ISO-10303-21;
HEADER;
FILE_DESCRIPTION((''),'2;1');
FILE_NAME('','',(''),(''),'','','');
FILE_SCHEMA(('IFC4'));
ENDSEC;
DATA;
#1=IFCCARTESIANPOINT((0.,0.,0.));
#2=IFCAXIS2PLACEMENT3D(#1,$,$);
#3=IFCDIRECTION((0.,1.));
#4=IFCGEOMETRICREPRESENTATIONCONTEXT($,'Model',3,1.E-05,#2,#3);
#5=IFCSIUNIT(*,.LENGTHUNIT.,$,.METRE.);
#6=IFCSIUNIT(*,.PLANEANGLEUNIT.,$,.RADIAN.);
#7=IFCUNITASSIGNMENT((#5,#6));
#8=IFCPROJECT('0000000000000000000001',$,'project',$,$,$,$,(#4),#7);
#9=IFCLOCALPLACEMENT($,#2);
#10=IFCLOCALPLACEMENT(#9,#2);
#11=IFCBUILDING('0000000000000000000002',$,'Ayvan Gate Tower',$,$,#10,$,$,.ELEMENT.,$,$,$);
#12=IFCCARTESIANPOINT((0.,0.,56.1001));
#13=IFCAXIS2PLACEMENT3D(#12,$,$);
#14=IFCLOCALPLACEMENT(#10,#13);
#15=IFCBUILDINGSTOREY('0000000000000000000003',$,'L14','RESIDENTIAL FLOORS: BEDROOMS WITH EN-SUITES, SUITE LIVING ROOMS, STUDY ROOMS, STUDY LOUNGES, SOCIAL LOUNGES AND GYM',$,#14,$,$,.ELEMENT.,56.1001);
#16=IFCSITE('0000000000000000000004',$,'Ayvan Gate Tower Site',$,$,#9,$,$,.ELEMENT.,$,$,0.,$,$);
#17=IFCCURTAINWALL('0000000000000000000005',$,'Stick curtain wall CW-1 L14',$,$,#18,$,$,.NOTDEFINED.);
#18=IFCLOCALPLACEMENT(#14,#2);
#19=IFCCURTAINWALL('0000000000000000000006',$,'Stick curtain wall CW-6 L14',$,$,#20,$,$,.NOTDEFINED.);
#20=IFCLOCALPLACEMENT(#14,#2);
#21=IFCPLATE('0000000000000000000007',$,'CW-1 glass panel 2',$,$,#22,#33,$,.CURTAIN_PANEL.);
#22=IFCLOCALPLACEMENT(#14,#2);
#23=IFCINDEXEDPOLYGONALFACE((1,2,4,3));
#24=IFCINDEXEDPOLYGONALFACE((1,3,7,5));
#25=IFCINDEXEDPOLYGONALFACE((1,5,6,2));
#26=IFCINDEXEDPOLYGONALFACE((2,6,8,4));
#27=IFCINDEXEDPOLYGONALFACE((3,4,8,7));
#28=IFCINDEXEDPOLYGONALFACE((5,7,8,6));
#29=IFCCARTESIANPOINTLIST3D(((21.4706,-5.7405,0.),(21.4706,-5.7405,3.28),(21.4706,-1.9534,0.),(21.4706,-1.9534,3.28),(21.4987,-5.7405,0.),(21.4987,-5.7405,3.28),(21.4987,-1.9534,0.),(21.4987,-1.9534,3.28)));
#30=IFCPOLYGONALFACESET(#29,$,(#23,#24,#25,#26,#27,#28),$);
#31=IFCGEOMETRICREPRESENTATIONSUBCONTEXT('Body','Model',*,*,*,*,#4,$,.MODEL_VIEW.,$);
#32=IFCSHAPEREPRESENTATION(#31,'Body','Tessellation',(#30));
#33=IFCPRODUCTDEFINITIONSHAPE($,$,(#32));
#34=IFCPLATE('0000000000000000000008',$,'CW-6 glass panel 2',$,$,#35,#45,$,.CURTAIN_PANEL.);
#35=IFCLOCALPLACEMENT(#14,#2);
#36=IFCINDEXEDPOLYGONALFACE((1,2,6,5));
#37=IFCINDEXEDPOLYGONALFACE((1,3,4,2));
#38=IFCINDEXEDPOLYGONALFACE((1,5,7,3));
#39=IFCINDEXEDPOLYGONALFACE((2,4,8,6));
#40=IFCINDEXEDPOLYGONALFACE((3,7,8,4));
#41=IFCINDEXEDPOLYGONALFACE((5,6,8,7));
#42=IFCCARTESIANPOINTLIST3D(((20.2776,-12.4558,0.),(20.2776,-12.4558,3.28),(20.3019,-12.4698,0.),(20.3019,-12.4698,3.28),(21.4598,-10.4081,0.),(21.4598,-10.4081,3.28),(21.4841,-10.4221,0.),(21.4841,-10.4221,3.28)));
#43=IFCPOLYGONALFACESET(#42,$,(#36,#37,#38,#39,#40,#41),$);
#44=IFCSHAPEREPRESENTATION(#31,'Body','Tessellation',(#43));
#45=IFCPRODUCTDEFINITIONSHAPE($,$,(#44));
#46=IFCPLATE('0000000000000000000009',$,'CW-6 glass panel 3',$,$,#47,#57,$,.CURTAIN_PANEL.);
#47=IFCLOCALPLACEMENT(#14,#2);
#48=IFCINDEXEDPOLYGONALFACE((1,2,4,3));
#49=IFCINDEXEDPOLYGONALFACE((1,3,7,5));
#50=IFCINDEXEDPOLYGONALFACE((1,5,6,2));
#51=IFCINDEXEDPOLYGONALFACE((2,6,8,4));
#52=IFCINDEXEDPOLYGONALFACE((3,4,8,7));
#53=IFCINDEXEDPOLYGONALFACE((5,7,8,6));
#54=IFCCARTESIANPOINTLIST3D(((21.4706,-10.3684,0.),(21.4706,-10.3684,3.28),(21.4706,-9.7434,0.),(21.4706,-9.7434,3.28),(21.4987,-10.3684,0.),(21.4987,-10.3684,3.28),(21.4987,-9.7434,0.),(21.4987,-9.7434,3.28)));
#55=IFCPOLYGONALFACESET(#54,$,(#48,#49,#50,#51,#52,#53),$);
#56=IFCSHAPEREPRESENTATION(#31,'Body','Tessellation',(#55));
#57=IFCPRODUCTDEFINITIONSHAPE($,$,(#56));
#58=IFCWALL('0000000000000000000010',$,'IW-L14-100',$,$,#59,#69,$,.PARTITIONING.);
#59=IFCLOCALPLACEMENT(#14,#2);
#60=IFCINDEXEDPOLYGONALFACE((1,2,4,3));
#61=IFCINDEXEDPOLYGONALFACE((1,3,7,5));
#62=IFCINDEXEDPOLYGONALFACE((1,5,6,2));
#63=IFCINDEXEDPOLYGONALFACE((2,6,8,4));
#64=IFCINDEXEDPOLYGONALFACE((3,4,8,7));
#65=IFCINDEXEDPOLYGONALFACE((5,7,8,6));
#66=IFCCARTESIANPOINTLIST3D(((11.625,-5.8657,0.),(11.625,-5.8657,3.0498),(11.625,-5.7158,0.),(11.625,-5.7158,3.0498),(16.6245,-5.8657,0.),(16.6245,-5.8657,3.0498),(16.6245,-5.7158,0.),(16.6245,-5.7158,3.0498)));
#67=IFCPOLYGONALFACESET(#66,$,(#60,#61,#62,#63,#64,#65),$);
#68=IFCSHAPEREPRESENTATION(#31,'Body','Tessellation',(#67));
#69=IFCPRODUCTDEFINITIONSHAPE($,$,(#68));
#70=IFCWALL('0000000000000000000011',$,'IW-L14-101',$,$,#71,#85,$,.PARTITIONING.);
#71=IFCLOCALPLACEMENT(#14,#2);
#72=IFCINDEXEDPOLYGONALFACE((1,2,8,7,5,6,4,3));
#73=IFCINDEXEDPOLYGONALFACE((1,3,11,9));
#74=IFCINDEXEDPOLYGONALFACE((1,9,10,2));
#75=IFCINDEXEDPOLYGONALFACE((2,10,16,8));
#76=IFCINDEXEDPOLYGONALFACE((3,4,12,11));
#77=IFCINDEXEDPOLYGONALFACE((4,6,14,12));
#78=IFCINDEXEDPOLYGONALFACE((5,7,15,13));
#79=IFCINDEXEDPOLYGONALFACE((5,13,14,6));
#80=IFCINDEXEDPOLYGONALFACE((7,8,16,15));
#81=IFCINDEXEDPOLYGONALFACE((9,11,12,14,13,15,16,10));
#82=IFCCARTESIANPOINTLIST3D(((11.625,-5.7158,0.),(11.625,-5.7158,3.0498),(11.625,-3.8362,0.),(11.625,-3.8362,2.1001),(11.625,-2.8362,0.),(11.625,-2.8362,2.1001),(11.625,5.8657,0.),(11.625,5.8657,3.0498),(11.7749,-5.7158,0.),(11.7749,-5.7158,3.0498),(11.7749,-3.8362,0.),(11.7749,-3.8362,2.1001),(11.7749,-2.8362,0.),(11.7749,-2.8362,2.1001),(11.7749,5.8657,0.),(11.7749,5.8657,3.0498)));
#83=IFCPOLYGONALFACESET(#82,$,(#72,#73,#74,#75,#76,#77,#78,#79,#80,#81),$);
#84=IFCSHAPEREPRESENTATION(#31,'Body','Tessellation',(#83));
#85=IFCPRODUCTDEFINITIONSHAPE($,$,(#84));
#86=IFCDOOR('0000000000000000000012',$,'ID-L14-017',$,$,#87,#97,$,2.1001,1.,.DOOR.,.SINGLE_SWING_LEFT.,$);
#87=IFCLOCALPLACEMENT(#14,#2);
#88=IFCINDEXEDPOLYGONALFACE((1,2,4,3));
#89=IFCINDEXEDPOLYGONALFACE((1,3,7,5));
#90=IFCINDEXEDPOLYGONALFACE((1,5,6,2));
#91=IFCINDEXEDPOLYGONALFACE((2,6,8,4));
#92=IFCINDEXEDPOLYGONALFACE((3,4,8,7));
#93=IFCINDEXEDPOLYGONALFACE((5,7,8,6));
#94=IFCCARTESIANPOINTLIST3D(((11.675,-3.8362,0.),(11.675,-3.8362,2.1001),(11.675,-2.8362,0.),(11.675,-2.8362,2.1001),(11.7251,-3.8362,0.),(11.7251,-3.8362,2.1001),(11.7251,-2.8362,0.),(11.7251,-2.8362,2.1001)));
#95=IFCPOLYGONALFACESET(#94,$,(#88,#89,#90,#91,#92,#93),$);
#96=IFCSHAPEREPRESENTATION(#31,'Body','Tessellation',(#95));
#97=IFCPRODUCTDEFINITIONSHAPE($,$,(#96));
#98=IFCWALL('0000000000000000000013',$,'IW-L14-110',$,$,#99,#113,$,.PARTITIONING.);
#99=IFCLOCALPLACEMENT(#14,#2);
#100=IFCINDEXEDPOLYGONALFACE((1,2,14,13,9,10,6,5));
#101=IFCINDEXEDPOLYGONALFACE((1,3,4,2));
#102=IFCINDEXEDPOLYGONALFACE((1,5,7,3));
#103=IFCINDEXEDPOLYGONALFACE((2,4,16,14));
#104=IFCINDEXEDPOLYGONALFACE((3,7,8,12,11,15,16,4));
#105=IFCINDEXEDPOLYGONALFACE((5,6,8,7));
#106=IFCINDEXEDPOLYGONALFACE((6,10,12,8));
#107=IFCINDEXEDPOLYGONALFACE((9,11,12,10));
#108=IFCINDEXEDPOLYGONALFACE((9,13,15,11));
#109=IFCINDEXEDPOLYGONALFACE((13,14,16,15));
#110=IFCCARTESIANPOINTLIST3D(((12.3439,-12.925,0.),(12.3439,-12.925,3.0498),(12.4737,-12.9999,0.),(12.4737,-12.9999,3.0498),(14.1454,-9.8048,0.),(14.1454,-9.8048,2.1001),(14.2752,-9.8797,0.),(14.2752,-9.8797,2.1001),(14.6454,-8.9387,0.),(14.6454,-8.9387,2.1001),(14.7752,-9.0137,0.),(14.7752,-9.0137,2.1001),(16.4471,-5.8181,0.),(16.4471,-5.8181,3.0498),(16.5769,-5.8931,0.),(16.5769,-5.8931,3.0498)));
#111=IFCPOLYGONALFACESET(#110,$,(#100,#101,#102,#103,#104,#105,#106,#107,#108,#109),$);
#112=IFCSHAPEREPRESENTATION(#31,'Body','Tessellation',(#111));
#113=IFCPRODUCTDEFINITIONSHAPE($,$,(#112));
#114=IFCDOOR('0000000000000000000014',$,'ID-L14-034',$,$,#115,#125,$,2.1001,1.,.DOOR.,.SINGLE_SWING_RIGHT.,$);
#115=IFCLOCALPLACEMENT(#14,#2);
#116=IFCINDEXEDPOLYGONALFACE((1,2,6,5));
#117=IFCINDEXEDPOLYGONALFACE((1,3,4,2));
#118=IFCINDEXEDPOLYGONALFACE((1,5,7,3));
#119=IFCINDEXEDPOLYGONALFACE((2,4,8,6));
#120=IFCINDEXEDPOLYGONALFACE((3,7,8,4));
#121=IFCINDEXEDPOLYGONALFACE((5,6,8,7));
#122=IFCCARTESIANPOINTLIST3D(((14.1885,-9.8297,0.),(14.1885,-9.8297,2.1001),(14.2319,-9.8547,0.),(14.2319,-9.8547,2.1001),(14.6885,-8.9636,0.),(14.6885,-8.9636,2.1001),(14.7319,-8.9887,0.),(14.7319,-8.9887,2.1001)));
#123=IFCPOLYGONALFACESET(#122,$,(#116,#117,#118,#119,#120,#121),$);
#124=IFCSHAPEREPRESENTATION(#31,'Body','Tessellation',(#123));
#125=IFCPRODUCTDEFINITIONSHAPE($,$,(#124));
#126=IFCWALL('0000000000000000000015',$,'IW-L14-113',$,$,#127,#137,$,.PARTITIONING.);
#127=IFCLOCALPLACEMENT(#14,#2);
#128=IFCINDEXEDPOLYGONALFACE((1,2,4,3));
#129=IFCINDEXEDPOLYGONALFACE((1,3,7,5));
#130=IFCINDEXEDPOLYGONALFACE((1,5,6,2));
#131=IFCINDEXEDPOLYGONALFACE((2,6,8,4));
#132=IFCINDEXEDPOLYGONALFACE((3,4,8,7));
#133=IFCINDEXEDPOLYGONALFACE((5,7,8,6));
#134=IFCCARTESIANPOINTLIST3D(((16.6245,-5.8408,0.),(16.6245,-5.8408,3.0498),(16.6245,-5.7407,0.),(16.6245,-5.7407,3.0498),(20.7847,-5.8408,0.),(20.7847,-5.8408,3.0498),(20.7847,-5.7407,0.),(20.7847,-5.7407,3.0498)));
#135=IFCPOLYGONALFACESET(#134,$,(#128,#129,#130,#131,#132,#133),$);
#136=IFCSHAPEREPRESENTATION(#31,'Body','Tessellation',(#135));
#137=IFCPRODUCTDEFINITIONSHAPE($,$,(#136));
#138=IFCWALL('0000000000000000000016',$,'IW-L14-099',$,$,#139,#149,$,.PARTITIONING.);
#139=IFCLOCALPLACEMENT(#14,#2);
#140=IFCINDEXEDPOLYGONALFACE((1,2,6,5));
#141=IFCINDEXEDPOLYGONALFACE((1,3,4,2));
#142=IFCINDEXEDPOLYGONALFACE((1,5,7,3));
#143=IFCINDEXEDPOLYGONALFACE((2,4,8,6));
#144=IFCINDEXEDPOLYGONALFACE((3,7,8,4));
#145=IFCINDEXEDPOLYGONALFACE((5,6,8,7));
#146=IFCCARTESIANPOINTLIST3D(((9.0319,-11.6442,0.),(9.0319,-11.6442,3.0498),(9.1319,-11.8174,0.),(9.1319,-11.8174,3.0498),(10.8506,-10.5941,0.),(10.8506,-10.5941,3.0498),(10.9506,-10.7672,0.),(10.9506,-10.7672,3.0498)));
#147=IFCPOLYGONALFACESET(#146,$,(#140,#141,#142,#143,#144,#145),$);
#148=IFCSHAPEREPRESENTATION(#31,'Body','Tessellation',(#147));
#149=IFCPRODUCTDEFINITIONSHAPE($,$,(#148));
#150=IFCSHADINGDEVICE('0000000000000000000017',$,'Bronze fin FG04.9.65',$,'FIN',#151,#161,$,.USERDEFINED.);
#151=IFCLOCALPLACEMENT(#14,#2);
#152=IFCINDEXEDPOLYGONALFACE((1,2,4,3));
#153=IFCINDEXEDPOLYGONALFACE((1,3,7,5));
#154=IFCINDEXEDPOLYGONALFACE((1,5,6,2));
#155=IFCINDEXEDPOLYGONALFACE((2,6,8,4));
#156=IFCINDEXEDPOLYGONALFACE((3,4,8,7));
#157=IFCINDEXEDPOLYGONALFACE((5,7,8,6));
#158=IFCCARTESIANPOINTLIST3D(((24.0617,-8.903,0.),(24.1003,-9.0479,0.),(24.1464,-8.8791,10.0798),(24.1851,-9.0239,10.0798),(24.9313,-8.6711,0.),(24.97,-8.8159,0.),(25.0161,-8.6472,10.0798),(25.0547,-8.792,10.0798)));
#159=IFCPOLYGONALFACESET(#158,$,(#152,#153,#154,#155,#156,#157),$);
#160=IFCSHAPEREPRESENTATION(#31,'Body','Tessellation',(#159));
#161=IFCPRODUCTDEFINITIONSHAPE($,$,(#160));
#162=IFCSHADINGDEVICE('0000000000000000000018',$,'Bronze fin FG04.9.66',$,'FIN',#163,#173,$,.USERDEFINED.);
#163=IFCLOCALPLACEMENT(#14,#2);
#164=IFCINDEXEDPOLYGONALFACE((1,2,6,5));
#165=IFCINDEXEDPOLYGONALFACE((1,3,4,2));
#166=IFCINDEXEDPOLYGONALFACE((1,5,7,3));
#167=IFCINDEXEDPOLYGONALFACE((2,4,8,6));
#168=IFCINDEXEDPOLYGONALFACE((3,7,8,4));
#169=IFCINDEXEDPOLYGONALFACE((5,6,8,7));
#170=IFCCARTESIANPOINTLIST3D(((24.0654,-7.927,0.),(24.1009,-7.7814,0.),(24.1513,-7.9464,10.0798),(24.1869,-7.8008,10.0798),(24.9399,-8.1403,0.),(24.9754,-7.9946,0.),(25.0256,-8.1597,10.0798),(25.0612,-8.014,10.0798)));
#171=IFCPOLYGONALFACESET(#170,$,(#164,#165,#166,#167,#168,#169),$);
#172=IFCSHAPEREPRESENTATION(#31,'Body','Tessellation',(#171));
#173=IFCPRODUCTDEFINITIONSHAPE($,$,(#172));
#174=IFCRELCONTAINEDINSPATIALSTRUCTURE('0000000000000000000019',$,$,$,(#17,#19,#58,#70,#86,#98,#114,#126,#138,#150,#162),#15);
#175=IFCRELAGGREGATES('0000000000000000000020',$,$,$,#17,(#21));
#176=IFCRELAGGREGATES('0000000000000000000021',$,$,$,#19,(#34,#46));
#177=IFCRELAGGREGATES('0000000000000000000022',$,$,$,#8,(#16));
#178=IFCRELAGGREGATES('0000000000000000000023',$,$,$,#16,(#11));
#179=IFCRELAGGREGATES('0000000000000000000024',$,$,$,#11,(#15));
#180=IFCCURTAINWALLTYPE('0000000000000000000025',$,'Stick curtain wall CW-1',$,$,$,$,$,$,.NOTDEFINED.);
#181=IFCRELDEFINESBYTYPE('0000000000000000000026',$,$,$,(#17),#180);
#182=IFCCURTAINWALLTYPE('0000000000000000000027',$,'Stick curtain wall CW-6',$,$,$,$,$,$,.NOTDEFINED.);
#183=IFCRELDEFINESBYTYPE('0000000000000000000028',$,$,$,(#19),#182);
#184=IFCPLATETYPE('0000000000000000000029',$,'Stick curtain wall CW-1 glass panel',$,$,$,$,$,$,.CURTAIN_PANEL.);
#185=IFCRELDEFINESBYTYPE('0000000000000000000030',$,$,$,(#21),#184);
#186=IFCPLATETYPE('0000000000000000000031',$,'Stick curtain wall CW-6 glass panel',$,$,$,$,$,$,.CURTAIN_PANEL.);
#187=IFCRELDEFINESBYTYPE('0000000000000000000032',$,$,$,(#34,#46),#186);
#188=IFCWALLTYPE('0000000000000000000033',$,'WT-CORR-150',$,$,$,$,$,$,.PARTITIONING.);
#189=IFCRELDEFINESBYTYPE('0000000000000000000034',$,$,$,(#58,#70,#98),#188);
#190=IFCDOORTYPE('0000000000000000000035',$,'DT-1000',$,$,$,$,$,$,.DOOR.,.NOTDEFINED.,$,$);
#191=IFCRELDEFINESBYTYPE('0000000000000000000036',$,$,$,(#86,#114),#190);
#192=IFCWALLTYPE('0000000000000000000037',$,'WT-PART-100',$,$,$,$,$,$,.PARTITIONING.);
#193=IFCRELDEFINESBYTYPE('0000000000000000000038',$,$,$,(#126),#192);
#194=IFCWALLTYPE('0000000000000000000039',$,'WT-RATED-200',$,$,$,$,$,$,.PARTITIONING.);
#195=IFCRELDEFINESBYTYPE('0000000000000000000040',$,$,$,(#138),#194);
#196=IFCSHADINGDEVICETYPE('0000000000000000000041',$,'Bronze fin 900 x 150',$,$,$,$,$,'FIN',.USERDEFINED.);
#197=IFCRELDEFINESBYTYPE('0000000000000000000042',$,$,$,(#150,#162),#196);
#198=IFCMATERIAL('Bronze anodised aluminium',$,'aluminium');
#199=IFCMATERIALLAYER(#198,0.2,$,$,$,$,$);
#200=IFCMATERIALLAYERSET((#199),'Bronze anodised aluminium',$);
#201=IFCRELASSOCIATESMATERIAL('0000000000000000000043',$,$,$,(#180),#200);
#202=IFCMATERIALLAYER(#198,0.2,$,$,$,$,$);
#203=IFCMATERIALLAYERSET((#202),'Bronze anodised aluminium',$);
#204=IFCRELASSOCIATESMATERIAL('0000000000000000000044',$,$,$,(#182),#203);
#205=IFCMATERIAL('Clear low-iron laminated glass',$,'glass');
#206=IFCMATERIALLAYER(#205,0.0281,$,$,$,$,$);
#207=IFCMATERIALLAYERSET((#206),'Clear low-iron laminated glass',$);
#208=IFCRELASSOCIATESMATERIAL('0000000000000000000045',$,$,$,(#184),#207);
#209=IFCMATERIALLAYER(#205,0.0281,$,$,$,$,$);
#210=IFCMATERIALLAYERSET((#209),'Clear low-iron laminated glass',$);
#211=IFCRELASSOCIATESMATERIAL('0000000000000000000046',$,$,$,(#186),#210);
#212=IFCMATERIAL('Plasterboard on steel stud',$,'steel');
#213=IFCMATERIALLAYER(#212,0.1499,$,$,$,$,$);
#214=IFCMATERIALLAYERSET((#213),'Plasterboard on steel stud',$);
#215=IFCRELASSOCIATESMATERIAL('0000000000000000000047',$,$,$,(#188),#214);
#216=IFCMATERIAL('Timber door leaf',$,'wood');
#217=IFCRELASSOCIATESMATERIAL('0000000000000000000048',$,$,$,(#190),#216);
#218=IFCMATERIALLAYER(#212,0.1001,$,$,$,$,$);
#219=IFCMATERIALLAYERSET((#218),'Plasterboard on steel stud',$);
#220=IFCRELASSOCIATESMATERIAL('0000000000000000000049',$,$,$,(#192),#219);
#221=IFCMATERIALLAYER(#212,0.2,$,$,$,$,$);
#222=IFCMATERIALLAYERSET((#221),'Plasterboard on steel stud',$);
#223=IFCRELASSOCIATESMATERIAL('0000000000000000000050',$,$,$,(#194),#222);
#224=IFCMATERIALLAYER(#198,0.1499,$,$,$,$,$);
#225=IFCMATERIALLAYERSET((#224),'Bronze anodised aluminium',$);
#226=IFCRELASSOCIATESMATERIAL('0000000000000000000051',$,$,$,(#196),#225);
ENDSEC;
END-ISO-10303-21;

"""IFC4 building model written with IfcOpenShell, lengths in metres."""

from ifc_helpers import new_model, si_unit, direction, frame, frame_2d, origin, origin_2d, place, context, subcontext, project, spatial, polyline, rectangle, outline, extrude, material, layer, layer_set, type_object, element, fill, aggregate, save


model = new_model("IFC4")

# Units and contexts
model_context = context("Model", 3, precision=1e-05, world=origin(), true_north=direction((0.0, 1.0)))
body_context = subcontext(model_context, "Body", "Model", "MODEL_VIEW")
ifc_project = project(units=[si_unit("LENGTHUNIT", "METRE"), si_unit("PLANEANGLEUNIT", "RADIAN")], contexts=[model_context])

# Site, building, storey
site_placement = place(None, origin())
site = spatial("IfcSite", under=ifc_project, at=site_placement, Name="Ayvan Gate Tower Site", CompositionType="ELEMENT", RefElevation=0.0)
building_placement = place(site_placement, origin())
building = spatial("IfcBuilding", under=site, at=building_placement, Name="Ayvan Gate Tower", CompositionType="ELEMENT")
storey_placement = place(building_placement, frame((0.0, 0.0, 56.1001)))
storey = spatial("IfcBuildingStorey", under=building, at=storey_placement, Name="L14", Description="RESIDENTIAL FLOORS: BEDROOMS WITH EN-SUITES, SUITE LIVING ROOMS, STUDY ROOMS, STUDY LOUNGES, SOCIAL LOUNGES AND GYM", CompositionType="ELEMENT", Elevation=56.1001)

# Curtain walls
ifc_material_1 = material(Name="Bronze anodised aluminium", Category="aluminium")
ifc_layer_1 = layer(ifc_material_1, 0.2)
ifc_layer_set_1 = layer_set([ifc_layer_1], Name="Bronze anodised aluminium")
curtain_wall_type_1 = type_object("IfcCurtainWallType", Name="Stick curtain wall CW-1", PredefinedType="NOTDEFINED", material=ifc_layer_set_1)
curtain_wall_1_placement = place(storey_placement, origin())
curtain_wall_1 = element("IfcCurtainWall", 1, at=curtain_wall_1_placement, inside=storey, type_object=curtain_wall_type_1, Name="Stick curtain wall CW-1 L14", PredefinedType="NOTDEFINED")
ifc_layer_2 = layer(ifc_material_1, 0.2)
ifc_layer_set_2 = layer_set([ifc_layer_2], Name="Bronze anodised aluminium")
curtain_wall_type_2 = type_object("IfcCurtainWallType", Name="Stick curtain wall CW-6", PredefinedType="NOTDEFINED", material=ifc_layer_set_2)
curtain_wall_2_placement = place(storey_placement, origin())
curtain_wall_2 = element("IfcCurtainWall", 2, at=curtain_wall_2_placement, inside=storey, type_object=curtain_wall_type_2, Name="Stick curtain wall CW-6 L14", PredefinedType="NOTDEFINED")

# Plates
ifc_material_2 = material(Name="Clear low-iron laminated glass", Category="glass")
ifc_layer_3 = layer(ifc_material_2, 0.0281)
ifc_layer_set_3 = layer_set([ifc_layer_3], Name="Clear low-iron laminated glass")
plate_type_1 = type_object("IfcPlateType", Name="Stick curtain wall CW-1 glass panel", PredefinedType="CURTAIN_PANEL", material=ifc_layer_set_3)
plate_1_placement = place(storey_placement, frame((21.4846, -3.8469, 0.0), z_axis=(0.0, 0.0, 1.0), x_axis=(0.0, 1.0, 0.0)))
plate_1 = element("IfcPlate", 3, at=plate_1_placement, type_object=plate_type_1, Name="CW-1 glass panel 2", PredefinedType="CURTAIN_PANEL", context=body_context, shape_type="SweptSolid", body=[
    extrude(rectangle(XDim=3.7871, YDim=0.0281, at=origin_2d()), origin(), (0.0, 0.0, 1.0), 3.28),
])
aggregate(curtain_wall_1, [plate_1])
ifc_layer_4 = layer(ifc_material_2, 0.0281)
ifc_layer_set_4 = layer_set([ifc_layer_4], Name="Clear low-iron laminated glass")
plate_type_2 = type_object("IfcPlateType", Name="Stick curtain wall CW-6 glass panel", PredefinedType="CURTAIN_PANEL", material=ifc_layer_set_4)
plate_2_placement = place(storey_placement, frame((20.8809, -11.439, 0.0), z_axis=(0.0, 0.0, 1.0), x_axis=(0.5, 0.866025, 0.0)))
plate_2 = element("IfcPlate", 4, at=plate_2_placement, type_object=plate_type_2, Name="CW-6 glass panel 2", PredefinedType="CURTAIN_PANEL", context=body_context, shape_type="SweptSolid", body=[
    extrude(rectangle(XDim=2.3645, YDim=0.0281, at=origin_2d()), origin(), (0.0, 0.0, 1.0), 3.28),
])
plate_3_placement = place(storey_placement, frame((21.4846, -10.0559, 0.0), z_axis=(0.0, 0.0, 1.0), x_axis=(0.0, 1.0, 0.0)))
plate_3 = element("IfcPlate", 5, at=plate_3_placement, type_object=plate_type_2, Name="CW-6 glass panel 3", PredefinedType="CURTAIN_PANEL", context=body_context, shape_type="SweptSolid", body=[
    extrude(rectangle(XDim=0.625, YDim=0.0281, at=origin_2d()), origin(), (0.0, 0.0, 1.0), 3.28),
])
aggregate(curtain_wall_2, [plate_2, plate_3])

# Wall
ifc_material_3 = material(Name="Plasterboard on steel stud", Category="steel")
ifc_layer_5 = layer(ifc_material_3, 0.1499)
ifc_layer_set_5 = layer_set([ifc_layer_5], Name="Plasterboard on steel stud")
wall_type_1 = type_object("IfcWallType", Name="WT-CORR-150", PredefinedType="PARTITIONING", material=ifc_layer_set_5)
wall_1_placement = place(storey_placement, frame((11.625, -5.7908, 0.0), z_axis=(0.0, 0.0, 1.0), x_axis=(1.0, 0.0, 0.0)))
element("IfcWall", 6, at=wall_1_placement, inside=storey, type_object=wall_type_1, Name="IW-L14-100", PredefinedType="PARTITIONING", context=body_context, shape_type="SweptSolid", body=[
    extrude(rectangle(XDim=4.9995, YDim=0.1499, at=frame_2d((2.4998, 0.0))), origin(), (0.0, 0.0, 1.0), 3.0498),
])

# Walls, openings, doors
wall_2_placement = place(storey_placement, frame((11.7, -5.7158, 0.0), z_axis=(0.0, 0.0, 1.0), x_axis=(0.0, 1.0, 0.0)))
wall_2 = element("IfcWall", 7, at=wall_2_placement, inside=storey, type_object=wall_type_1, Name="IW-L14-101", PredefinedType="PARTITIONING", context=body_context, shape_type="SweptSolid", body=[
    extrude(rectangle(XDim=11.5815, YDim=0.1499, at=frame_2d((5.7908, 0.0))), origin(), (0.0, 0.0, 1.0), 3.0498),
])
opening_1_placement = place(wall_2_placement, frame((1.8796, 0.0, 0.0)))
opening_1 = element("IfcOpeningElement", 8, at=opening_1_placement, cuts=wall_2, PredefinedType="OPENING", context=body_context, shape_type="SweptSolid", body=[
    extrude(rectangle(XDim=1.0, YDim=2.1001, at=frame_2d((0.5, 1.05))), frame((0.0, 0.085, 0.0), z_axis=(0.0, -1.0, 0.0), x_axis=(1.0, 0.0, 0.0)), (0.0, 0.0, 1.0), 0.1699),
])
ifc_material_4 = material(Name="Timber door leaf", Category="wood")
door_type = type_object("IfcDoorType", Name="DT-1000", OperationType="NOTDEFINED", PredefinedType="DOOR", material=ifc_material_4)
door_1_placement = place(opening_1_placement, origin())
door_1 = element("IfcDoor", 9, at=door_1_placement, inside=storey, type_object=door_type, Name="ID-L14-017", OperationType="SINGLE_SWING_LEFT", OverallHeight=2.1001, OverallWidth=1.0, PredefinedType="DOOR", context=body_context, shape_type="SweptSolid", body=[
    extrude(rectangle(XDim=1.0, YDim=2.1001, at=frame_2d((0.5, 1.05))), frame((0.0, 0.0249, 0.0), z_axis=(0.0, -1.0, 0.0), x_axis=(1.0, 0.0, 0.0)), (0.0, 0.0, 1.0), 0.05),
])
fill(opening_1, door_1)
wall_3_placement = place(storey_placement, frame((16.512, -5.8557, 0.0), z_axis=(0.0, 0.0, 1.0), x_axis=(-0.500007, -0.866021, 0.0)))
wall_3 = element("IfcWall", 10, at=wall_3_placement, inside=storey, type_object=wall_type_1, Name="IW-L14-110", PredefinedType="PARTITIONING", context=body_context, shape_type="SweptSolid", body=[
    extrude(rectangle(XDim=8.2063, YDim=0.1499, at=frame_2d((4.103, 0.0))), origin(), (0.0, 0.0, 1.0), 3.0498),
])
opening_2_placement = place(wall_3_placement, frame((3.6033, 0.0, 0.0)))
opening_2 = element("IfcOpeningElement", 11, at=opening_2_placement, cuts=wall_3, PredefinedType="OPENING", context=body_context, shape_type="SweptSolid", body=[
    extrude(rectangle(XDim=1.0, YDim=2.1001, at=frame_2d((0.5, 1.05))), frame((0.0, 0.085, 0.0), z_axis=(0.0, -1.0, 0.0), x_axis=(1.0, 0.0, 0.0)), (0.0, 0.0, 1.0), 0.1699),
])
door_2_placement = place(opening_2_placement, origin())
door_2 = element("IfcDoor", 12, at=door_2_placement, inside=storey, type_object=door_type, Name="ID-L14-034", OperationType="SINGLE_SWING_RIGHT", OverallHeight=2.1001, OverallWidth=1.0, PredefinedType="DOOR", context=body_context, shape_type="SweptSolid", body=[
    extrude(rectangle(XDim=1.0, YDim=2.1001, at=frame_2d((0.5, 1.05))), frame((0.0, 0.0249, 0.0), z_axis=(0.0, -1.0, 0.0), x_axis=(1.0, 0.0, 0.0)), (0.0, 0.0, 1.0), 0.05),
])
fill(opening_2, door_2)

# Walls
ifc_layer_6 = layer(ifc_material_3, 0.1001)
ifc_layer_set_6 = layer_set([ifc_layer_6], Name="Plasterboard on steel stud")
wall_type_2 = type_object("IfcWallType", Name="WT-PART-100", PredefinedType="PARTITIONING", material=ifc_layer_set_6)
wall_4_placement = place(storey_placement, frame((20.7847, -5.7908, 0.0), z_axis=(0.0, 0.0, 1.0), x_axis=(-1.0, 0.0, 0.0)))
element("IfcWall", 13, at=wall_4_placement, inside=storey, type_object=wall_type_2, Name="IW-L14-113", PredefinedType="PARTITIONING", context=body_context, shape_type="SweptSolid", body=[
    extrude(rectangle(XDim=4.1602, YDim=0.1001, at=frame_2d((2.0801, 0.0))), origin(), (0.0, 0.0, 1.0), 3.0498),
])
ifc_layer_7 = layer(ifc_material_3, 0.2)
ifc_layer_set_7 = layer_set([ifc_layer_7], Name="Plasterboard on steel stud")
wall_type_3 = type_object("IfcWallType", Name="WT-RATED-200", PredefinedType="PARTITIONING", material=ifc_layer_set_7)
wall_5_placement = place(storey_placement, frame((10.9006, -10.6807, 0.0), z_axis=(0.0, 0.0, 1.0), x_axis=(-0.866009, -0.500028, 0.0)))
element("IfcWall", 14, at=wall_5_placement, inside=storey, type_object=wall_type_3, Name="IW-L14-099", PredefinedType="PARTITIONING", context=body_context, shape_type="SweptSolid", body=[
    extrude(rectangle(XDim=2.1001, YDim=0.2, at=frame_2d((1.05, 0.0))), origin(), (0.0, 0.0, 1.0), 3.0498),
])

# Shading devices
ifc_layer_8 = layer(ifc_material_1, 0.1499)
ifc_layer_set_8 = layer_set([ifc_layer_8], Name="Bronze anodised aluminium")
shading_device_type = type_object("IfcShadingDeviceType", Name="Bronze fin 900 x 150", ElementType="FIN", PredefinedType="USERDEFINED", material=ifc_layer_set_8)
shading_device_1_placement = place(storey_placement, frame((24.1003, -9.0479, 0.0), z_axis=(0.257696, -0.966226, 0.000128), x_axis=(0.966226, 0.257696, 0.0)))
element("IfcShadingDevice", 15, at=shading_device_1_placement, inside=storey, type_object=shading_device_type, Name="Bronze fin FG04.9.65", ObjectType="FIN", PredefinedType="USERDEFINED", context=body_context, shape_type="SweptSolid", body=[
    extrude(outline(polyline([(0.0, 0.0), (0.9, 0.0), (0.988, 10.0798), (0.088, 10.0798), (0.0, 0.0)])), origin(), (0.0, 0.0, -1.0), 0.1499),
])
shading_device_2_placement = place(storey_placement, frame((24.0654, -7.927, 0.0), z_axis=(-0.236947, -0.971523, 0.000147), x_axis=(0.971523, -0.236947, 0.0)))
element("IfcShadingDevice", 16, at=shading_device_2_placement, inside=storey, type_object=shading_device_type, Name="Bronze fin FG04.9.66", ObjectType="FIN", PredefinedType="USERDEFINED", context=body_context, shape_type="SweptSolid", body=[
    extrude(outline(polyline([(0.0, 0.0), (0.9001, 0.0), (0.988, 10.0798), (0.0881, 10.0798), (0.0, 0.0)])), origin(), (0.0, 0.0, -1.0), 0.1499),
])

save(model, "model.ifc")
